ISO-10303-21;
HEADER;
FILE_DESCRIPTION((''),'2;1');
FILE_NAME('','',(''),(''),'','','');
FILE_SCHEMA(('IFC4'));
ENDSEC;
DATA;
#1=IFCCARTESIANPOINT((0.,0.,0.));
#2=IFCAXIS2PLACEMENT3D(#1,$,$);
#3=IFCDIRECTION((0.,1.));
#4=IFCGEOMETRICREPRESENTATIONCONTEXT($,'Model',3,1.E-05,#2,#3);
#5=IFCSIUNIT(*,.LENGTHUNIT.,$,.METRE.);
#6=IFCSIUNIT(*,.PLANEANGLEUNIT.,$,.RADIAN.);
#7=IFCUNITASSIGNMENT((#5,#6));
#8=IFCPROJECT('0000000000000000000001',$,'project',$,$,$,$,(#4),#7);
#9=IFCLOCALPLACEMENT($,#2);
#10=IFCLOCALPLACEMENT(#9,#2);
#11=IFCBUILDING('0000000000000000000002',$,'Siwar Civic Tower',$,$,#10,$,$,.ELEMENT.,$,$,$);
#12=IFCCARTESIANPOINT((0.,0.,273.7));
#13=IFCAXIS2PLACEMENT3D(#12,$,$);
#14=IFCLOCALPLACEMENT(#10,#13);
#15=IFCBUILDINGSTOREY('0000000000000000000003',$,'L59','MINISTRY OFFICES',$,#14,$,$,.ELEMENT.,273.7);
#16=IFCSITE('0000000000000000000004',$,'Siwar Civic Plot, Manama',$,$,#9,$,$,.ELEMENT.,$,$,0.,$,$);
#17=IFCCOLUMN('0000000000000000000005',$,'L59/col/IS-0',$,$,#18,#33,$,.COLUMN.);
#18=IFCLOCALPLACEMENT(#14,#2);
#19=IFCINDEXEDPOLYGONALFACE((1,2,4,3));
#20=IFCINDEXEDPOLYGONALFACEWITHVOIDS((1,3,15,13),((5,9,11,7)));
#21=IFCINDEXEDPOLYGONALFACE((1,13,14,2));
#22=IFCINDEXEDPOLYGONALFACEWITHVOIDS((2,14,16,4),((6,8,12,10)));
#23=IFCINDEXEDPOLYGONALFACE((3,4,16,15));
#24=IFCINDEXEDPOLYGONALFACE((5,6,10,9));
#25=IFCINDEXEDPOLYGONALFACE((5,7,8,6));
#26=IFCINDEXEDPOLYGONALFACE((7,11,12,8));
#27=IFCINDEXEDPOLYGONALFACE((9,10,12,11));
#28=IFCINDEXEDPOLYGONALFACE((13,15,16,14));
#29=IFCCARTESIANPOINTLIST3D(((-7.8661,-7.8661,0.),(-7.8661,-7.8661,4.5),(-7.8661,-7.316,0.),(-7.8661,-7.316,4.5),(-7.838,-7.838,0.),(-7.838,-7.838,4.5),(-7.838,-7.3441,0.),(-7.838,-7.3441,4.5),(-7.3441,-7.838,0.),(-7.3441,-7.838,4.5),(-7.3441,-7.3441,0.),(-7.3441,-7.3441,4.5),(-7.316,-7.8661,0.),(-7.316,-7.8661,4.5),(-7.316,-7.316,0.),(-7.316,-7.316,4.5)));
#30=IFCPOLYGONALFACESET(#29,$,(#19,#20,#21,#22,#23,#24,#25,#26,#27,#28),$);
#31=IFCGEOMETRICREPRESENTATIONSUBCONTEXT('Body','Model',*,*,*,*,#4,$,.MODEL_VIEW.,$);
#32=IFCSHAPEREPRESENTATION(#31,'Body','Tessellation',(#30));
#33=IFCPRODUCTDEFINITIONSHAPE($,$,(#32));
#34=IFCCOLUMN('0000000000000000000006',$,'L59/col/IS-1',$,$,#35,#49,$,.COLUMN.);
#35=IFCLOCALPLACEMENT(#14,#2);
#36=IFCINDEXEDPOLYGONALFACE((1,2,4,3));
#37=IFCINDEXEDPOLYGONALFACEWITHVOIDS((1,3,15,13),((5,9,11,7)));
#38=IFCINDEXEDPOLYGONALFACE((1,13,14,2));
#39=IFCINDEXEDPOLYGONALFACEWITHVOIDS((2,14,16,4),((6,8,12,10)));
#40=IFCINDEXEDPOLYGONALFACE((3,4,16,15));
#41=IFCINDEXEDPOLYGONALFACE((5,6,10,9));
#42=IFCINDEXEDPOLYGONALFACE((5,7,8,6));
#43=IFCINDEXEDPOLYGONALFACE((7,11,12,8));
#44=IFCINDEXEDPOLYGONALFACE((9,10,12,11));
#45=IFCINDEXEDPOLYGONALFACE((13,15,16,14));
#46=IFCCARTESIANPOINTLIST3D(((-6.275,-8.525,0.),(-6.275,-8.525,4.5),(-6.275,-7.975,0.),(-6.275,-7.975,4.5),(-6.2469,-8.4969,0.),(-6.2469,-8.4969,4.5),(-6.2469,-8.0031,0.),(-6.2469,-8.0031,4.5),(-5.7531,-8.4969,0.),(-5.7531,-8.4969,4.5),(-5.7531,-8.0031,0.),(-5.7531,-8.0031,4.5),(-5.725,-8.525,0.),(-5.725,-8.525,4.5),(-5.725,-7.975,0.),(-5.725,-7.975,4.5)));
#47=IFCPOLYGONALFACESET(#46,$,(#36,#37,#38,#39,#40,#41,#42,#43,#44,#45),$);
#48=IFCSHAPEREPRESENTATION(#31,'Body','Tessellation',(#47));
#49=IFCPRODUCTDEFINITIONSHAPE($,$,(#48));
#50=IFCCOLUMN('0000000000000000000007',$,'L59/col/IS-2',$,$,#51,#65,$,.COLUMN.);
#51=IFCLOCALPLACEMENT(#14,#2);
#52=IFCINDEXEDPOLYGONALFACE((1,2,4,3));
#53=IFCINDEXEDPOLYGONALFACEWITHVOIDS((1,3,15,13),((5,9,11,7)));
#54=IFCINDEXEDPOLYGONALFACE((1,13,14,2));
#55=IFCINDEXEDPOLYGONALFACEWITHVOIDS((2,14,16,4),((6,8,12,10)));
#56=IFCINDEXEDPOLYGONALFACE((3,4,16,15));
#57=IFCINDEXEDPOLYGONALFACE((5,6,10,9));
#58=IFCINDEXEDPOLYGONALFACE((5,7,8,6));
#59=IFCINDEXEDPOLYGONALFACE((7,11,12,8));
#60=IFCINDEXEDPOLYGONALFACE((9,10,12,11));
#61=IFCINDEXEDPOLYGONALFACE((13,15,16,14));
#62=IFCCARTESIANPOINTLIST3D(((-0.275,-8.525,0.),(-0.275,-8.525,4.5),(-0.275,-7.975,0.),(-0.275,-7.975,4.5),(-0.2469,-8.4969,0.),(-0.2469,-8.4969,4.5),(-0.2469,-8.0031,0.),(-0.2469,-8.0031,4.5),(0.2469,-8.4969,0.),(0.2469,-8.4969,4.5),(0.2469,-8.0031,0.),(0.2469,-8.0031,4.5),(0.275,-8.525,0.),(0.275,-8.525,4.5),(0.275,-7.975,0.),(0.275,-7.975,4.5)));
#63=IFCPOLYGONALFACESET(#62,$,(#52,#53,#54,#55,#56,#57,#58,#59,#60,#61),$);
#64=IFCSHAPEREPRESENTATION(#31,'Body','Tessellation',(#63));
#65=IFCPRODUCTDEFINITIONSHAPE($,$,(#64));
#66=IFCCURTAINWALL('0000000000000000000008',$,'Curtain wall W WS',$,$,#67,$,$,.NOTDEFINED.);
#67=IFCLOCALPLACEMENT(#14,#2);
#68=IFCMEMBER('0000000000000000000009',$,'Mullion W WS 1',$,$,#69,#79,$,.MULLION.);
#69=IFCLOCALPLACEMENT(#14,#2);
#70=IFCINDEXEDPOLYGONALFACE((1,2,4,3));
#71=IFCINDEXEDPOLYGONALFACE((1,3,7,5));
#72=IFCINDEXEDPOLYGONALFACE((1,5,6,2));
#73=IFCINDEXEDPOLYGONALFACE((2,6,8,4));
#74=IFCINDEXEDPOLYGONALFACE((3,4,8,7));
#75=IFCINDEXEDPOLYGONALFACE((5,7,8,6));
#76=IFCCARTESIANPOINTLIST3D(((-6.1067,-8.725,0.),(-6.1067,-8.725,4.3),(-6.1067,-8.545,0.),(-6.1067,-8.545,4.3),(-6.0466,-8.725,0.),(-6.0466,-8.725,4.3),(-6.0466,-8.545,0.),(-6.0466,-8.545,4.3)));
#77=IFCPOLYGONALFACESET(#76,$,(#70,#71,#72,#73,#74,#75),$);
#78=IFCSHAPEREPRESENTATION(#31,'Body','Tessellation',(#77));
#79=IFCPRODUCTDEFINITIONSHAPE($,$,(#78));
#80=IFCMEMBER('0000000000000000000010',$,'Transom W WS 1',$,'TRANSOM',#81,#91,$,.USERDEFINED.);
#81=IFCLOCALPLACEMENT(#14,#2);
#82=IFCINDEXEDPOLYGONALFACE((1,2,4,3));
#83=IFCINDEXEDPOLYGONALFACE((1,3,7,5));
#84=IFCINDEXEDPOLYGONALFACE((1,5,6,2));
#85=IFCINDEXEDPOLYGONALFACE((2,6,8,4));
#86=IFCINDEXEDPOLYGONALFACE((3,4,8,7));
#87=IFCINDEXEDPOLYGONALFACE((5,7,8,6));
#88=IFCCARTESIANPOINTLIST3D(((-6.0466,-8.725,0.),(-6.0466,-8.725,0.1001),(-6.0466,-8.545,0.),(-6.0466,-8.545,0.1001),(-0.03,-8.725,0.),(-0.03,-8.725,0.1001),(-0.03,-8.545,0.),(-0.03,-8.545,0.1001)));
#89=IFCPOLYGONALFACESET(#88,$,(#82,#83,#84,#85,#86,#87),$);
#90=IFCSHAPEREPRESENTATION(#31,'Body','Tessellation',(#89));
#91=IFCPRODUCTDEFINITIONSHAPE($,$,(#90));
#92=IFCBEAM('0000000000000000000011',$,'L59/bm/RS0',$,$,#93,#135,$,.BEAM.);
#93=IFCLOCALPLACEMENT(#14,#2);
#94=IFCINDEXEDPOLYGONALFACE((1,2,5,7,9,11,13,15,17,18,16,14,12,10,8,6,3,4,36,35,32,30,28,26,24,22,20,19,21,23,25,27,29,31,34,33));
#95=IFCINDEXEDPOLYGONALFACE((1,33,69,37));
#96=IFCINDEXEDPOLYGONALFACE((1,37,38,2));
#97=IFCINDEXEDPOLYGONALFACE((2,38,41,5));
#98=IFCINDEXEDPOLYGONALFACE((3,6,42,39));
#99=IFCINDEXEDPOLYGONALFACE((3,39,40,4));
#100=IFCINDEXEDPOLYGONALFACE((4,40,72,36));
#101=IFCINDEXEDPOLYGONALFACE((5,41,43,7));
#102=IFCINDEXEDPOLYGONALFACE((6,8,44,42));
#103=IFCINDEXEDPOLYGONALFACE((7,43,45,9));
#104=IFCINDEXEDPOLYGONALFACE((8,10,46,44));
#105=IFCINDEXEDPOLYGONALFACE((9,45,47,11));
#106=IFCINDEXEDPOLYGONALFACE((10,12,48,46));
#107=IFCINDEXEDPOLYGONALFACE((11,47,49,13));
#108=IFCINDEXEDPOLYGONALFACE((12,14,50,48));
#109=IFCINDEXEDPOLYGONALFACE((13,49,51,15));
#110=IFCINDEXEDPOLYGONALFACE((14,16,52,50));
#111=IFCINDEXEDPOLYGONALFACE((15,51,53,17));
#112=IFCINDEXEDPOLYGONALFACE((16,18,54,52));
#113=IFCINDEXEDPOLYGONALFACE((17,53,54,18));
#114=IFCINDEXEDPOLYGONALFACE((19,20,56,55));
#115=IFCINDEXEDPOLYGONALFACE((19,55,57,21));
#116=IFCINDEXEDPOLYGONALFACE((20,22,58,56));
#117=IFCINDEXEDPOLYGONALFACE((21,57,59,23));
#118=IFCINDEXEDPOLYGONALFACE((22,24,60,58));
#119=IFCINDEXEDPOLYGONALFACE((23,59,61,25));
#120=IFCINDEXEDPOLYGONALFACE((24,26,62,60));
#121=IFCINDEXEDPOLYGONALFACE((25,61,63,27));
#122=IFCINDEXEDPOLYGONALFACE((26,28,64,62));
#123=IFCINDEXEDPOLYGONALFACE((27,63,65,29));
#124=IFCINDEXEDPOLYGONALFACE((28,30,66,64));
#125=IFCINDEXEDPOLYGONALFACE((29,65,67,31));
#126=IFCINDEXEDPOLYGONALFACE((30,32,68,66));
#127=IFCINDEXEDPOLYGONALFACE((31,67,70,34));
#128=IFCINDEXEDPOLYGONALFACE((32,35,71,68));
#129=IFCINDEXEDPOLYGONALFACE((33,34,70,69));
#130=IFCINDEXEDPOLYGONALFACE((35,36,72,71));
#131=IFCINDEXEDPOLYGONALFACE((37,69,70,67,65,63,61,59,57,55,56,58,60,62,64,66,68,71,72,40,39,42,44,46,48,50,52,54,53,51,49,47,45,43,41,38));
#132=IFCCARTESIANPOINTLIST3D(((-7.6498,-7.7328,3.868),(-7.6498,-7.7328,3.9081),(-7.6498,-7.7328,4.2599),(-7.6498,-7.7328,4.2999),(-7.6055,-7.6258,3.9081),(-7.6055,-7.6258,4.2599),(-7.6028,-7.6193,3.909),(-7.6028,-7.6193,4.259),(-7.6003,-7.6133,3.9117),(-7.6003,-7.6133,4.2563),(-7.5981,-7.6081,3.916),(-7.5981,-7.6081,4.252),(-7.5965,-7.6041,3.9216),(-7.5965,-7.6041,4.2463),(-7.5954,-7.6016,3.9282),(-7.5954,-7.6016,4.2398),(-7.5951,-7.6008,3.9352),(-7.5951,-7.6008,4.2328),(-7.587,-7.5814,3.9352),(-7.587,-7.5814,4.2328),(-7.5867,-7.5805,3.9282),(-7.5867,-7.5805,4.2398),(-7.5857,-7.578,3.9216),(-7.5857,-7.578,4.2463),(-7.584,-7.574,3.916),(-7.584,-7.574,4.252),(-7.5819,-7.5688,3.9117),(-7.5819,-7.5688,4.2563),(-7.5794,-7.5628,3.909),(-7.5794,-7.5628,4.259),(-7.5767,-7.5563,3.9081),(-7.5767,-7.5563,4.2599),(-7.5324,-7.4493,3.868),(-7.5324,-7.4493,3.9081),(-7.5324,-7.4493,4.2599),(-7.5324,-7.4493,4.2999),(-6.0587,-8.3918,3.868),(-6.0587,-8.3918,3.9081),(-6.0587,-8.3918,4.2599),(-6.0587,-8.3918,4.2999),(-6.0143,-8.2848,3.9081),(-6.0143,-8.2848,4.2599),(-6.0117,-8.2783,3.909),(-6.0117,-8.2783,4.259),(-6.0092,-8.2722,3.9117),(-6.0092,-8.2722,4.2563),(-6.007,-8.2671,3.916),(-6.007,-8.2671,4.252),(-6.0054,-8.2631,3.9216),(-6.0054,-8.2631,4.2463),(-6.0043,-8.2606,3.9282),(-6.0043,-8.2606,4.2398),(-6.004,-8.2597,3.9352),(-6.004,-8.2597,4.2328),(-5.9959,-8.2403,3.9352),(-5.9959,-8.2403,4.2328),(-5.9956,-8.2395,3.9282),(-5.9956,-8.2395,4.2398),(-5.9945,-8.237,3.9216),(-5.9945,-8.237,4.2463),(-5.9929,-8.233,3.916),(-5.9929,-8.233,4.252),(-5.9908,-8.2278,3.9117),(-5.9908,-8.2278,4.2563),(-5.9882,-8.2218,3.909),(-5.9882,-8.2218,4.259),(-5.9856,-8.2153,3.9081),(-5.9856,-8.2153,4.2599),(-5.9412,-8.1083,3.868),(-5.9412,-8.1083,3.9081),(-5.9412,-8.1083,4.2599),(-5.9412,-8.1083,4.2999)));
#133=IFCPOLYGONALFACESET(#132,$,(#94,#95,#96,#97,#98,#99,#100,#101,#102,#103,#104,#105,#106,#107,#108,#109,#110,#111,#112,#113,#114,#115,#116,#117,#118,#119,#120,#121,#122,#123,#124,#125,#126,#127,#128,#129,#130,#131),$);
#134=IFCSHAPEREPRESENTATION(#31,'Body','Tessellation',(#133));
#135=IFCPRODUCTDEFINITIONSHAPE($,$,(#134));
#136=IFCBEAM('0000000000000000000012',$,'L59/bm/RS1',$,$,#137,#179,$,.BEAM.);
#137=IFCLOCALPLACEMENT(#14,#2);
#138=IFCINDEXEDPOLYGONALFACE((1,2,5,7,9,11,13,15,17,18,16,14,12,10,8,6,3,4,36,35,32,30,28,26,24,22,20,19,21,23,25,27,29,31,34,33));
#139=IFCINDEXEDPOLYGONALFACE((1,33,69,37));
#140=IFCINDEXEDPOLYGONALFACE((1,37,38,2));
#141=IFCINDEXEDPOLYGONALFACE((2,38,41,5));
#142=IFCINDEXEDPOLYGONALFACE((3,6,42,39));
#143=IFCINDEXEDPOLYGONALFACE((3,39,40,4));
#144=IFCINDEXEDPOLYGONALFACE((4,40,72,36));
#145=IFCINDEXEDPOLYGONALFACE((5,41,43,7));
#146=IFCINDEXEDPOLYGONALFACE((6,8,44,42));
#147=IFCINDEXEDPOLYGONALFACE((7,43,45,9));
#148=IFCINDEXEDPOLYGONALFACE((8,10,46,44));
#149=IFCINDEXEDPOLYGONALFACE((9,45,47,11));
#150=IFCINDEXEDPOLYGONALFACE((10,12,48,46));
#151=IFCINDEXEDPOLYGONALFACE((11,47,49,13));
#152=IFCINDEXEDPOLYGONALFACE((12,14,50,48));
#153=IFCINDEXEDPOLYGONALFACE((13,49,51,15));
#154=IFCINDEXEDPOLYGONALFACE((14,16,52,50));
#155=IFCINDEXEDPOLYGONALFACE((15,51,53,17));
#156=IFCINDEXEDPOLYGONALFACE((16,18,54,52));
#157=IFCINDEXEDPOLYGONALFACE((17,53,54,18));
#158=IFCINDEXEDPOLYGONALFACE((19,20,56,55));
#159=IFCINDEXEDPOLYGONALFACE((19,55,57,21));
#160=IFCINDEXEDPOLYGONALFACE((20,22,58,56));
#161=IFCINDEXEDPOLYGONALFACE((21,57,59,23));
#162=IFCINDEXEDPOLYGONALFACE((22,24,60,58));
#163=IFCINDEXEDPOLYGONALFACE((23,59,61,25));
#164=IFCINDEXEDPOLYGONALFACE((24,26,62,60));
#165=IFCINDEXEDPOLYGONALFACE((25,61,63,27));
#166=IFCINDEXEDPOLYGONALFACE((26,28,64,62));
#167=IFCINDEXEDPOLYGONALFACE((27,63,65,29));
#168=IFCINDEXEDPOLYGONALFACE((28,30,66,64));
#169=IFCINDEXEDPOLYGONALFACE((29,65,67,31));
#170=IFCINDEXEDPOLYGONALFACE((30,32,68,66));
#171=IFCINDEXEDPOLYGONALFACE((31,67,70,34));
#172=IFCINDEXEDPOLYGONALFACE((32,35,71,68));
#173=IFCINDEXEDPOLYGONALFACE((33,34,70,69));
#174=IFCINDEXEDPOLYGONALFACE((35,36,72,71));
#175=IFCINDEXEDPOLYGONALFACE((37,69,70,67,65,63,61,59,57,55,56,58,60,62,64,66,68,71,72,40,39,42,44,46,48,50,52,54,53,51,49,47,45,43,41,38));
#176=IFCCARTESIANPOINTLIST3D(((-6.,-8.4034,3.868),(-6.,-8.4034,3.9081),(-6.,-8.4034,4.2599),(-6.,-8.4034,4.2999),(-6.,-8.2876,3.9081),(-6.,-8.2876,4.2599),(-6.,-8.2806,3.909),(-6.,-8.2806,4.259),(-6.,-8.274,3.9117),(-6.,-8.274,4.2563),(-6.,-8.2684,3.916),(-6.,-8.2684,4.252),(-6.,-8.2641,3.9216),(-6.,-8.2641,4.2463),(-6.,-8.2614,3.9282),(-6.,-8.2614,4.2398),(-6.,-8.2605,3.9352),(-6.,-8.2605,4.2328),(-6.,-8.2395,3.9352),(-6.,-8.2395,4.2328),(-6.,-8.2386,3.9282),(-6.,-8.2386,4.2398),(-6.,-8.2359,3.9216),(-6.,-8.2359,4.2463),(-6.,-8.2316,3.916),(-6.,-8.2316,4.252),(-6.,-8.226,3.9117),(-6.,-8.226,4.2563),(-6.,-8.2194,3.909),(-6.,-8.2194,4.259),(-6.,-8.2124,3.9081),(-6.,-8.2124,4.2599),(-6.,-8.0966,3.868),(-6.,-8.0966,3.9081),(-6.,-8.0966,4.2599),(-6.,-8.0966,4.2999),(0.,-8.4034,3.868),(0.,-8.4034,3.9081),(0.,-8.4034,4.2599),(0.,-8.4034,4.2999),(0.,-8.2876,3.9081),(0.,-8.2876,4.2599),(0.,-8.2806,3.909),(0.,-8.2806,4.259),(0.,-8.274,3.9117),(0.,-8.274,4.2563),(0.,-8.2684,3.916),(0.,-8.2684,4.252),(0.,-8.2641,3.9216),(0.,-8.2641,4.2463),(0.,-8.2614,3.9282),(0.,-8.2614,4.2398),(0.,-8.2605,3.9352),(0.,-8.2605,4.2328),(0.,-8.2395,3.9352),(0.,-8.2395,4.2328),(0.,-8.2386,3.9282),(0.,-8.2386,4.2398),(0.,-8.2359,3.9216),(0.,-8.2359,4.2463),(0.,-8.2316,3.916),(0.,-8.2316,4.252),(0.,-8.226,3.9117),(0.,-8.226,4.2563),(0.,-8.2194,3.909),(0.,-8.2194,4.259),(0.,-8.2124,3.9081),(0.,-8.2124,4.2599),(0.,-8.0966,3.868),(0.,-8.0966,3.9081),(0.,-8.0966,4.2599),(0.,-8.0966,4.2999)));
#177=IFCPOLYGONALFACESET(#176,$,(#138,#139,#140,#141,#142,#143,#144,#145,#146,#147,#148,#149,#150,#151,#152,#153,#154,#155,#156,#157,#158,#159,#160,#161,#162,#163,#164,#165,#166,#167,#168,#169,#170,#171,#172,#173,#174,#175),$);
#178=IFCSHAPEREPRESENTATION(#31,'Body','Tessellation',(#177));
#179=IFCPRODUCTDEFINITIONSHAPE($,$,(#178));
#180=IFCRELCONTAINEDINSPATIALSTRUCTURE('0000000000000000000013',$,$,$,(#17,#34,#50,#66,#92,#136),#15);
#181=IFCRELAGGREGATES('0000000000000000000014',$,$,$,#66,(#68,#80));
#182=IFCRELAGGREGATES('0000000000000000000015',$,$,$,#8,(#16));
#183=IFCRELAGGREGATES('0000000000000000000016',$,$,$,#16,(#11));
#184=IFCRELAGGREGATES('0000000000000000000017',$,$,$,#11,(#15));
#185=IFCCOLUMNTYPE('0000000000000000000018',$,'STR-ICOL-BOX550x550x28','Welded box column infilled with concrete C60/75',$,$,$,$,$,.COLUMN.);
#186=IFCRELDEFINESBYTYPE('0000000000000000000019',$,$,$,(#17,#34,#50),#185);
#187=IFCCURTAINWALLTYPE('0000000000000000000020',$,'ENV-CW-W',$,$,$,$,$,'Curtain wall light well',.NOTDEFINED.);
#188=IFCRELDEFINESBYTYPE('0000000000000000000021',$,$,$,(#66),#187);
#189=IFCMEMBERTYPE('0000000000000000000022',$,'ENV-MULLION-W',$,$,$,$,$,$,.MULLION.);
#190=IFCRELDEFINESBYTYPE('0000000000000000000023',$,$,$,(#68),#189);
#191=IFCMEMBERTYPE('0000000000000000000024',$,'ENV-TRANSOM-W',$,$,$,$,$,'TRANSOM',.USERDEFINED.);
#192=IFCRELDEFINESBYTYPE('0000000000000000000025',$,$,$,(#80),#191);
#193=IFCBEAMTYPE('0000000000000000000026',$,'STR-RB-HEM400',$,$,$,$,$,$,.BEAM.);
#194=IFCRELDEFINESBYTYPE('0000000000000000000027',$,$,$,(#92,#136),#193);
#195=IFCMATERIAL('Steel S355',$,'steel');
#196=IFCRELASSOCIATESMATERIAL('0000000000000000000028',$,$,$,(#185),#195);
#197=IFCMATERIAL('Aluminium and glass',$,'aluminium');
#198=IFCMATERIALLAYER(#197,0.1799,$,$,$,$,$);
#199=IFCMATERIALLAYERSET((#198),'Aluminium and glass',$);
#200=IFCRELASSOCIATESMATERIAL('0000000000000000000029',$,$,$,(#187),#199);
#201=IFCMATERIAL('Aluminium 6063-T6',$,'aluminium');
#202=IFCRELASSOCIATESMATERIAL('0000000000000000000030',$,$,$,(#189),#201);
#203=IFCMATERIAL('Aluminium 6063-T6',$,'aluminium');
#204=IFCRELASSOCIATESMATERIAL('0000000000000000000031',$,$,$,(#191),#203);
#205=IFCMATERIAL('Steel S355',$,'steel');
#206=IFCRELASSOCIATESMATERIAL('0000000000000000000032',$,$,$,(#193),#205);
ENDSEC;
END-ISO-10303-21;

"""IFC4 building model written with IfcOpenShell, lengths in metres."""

from ifc_helpers import new_model, si_unit, direction, frame, origin, origin_2d, place, context, subcontext, project, spatial, rectangle, hollow_rectangle, i_section, extrude, material, layer, layer_set, material_profile, profile_set, type_object, element, aggregate, save


model = new_model("IFC4")

# Units and contexts
model_context = context("Model", 3, precision=1e-05, world=origin(), true_north=direction((0.0, 1.0)))
body_context = subcontext(model_context, "Body", "Model", "MODEL_VIEW")
ifc_project = project(units=[si_unit("LENGTHUNIT", "METRE"), si_unit("PLANEANGLEUNIT", "RADIAN")], contexts=[model_context])

# Site, building, storey
site_placement = place(None, origin())
site = spatial("IfcSite", under=ifc_project, at=site_placement, Name="Siwar Civic Plot, Manama", CompositionType="ELEMENT", RefElevation=0.0)
building_placement = place(site_placement, origin())
building = spatial("IfcBuilding", under=site, at=building_placement, Name="Siwar Civic Tower", CompositionType="ELEMENT")
storey_placement = place(building_placement, frame((0.0, 0.0, 273.7)))
storey = spatial("IfcBuildingStorey", under=building, at=storey_placement, Name="L59", Description="MINISTRY OFFICES", CompositionType="ELEMENT", Elevation=273.7)

# Columns
ifc_material_1 = material(Name="Steel S355", Category="steel")
ifc_material_profile_1 = material_profile(ifc_material_1, hollow_rectangle(XDim=0.55, YDim=0.55, WallThickness=0.0281, at=origin_2d()), Name="BOX550x550x28")
ifc_profile_set_1 = profile_set([ifc_material_profile_1], Name="Steel S355")
column_type = type_object("IfcColumnType", Name="STR-ICOL-BOX550x550x28", Description="Welded box column infilled with concrete C60/75", PredefinedType="COLUMN", material=ifc_profile_set_1)
for number, where, z_axis, x_axis, name in (
    (1, (-7.5911, -7.5911, 0.0), (0.0, 0.0, 1.0), (1.0, 0.0, 0.0), "L59/col/IS-0"),
    (2, (-6.0, -8.25, 0.0), (0.0, 0.0, 1.0), (1.0, 0.0, 0.0), "L59/col/IS-1"),
    (3, (0.0, -8.25, 0.0), (0.0, 0.0, 1.0), (1.0, 0.0, 0.0), "L59/col/IS-2"),
):
    element("IfcColumn", number, at=place(storey_placement, frame(where, z_axis=z_axis, x_axis=x_axis)), inside=storey, type_object=column_type, Name=name, PredefinedType="COLUMN", context=body_context, shape_type="SweptSolid", body=[
        extrude(hollow_rectangle(XDim=0.55, YDim=0.55, WallThickness=0.0281, at=origin_2d()), origin(), (0.0, 0.0, 1.0), 4.5),
    ])

# Curtain wall, members
ifc_material_2 = material(Name="Aluminium and glass", Category="aluminium")
ifc_layer_1 = layer(ifc_material_2, 0.1799)
ifc_layer_set_1 = layer_set([ifc_layer_1], Name="Aluminium and glass")
curtain_wall_type = type_object("IfcCurtainWallType", Name="ENV-CW-W", ElementType="Curtain wall light well", PredefinedType="NOTDEFINED", material=ifc_layer_set_1)
curtain_wall_placement = place(storey_placement, origin())
curtain_wall = element("IfcCurtainWall", 4, at=curtain_wall_placement, inside=storey, type_object=curtain_wall_type, Name="Curtain wall W WS", PredefinedType="NOTDEFINED")
ifc_material_3 = material(Name="Aluminium 6063-T6", Category="aluminium")
ifc_material_profile_2 = material_profile(ifc_material_3, rectangle(XDim=0.1799, YDim=0.0601, at=origin_2d()), Name="AL 180x60")
ifc_profile_set_2 = profile_set([ifc_material_profile_2], Name="Aluminium 6063-T6")
member_type_1 = type_object("IfcMemberType", Name="ENV-MULLION-W", PredefinedType="MULLION", material=ifc_profile_set_2)
member_1_placement = place(storey_placement, frame((-6.0767, -8.635, 0.0), z_axis=(0.0, 0.0, 1.0), x_axis=(0.0, 1.0, 0.0)))
member_1 = element("IfcMember", 5, at=member_1_placement, type_object=member_type_1, Name="Mullion W WS 1", PredefinedType="MULLION", context=body_context, shape_type="SweptSolid", body=[
    extrude(rectangle(XDim=0.1799, YDim=0.0601, at=origin_2d()), origin(), (0.0, 0.0, 1.0), 4.3),
])
ifc_material_4 = material(Name="Aluminium 6063-T6", Category="aluminium")
ifc_material_profile_3 = material_profile(ifc_material_4, rectangle(XDim=0.1799, YDim=0.1001, at=origin_2d()), Name="AL 180x100")
ifc_profile_set_3 = profile_set([ifc_material_profile_3], Name="Aluminium 6063-T6")
member_type_2 = type_object("IfcMemberType", Name="ENV-TRANSOM-W", ElementType="TRANSOM", PredefinedType="USERDEFINED", material=ifc_profile_set_3)
member_2_placement = place(storey_placement, frame((-6.0466, -8.635, 0.05), z_axis=(1.0, 0.0, 0.0), x_axis=(0.0, 1.0, 0.0)))
member_2 = element("IfcMember", 6, at=member_2_placement, type_object=member_type_2, Name="Transom W WS 1", ObjectType="TRANSOM", PredefinedType="USERDEFINED", context=body_context, shape_type="SweptSolid", body=[
    extrude(rectangle(XDim=0.1799, YDim=0.1001, at=origin_2d()), origin(), (0.0, 0.0, 1.0), 6.0166),
])

# Beams
ifc_material_5 = material(Name="Steel S355", Category="steel")
ifc_material_profile_4 = material_profile(ifc_material_5, i_section(OverallWidth=0.3069, OverallDepth=0.4319, WebThickness=0.021, FlangeThickness=0.04, FilletRadius=0.0271, at=origin_2d()), Name="HEM400")
ifc_profile_set_4 = profile_set([ifc_material_profile_4], Name="Steel S355")
beam_type = type_object("IfcBeamType", Name="STR-RB-HEM400", PredefinedType="BEAM", material=ifc_profile_set_4)
beam_1_placement = place(storey_placement, frame((-7.5911, -7.5911, 4.084), z_axis=(0.923901, -0.382631, 0.0), x_axis=(0.382631, 0.923901, 0.0)))
element("IfcBeam", 7, at=beam_1_placement, inside=storey, type_object=beam_type, Name="L59/bm/RS0", PredefinedType="BEAM", context=body_context, shape_type="SweptSolid", body=[
    extrude(i_section(OverallWidth=0.3069, OverallDepth=0.4319, WebThickness=0.021, FlangeThickness=0.04, FilletRadius=0.0271, at=origin_2d()), origin(), (0.0, 0.0, 1.0), 1.7222),
])
for number, where, z_axis, x_axis, name in (
    (8, (-6.0, -8.25, 4.084), (1.0, 0.0, 0.0), (0.0, 1.0, 0.0), "L59/bm/RS1"),
):
    element("IfcBeam", number, at=place(storey_placement, frame(where, z_axis=z_axis, x_axis=x_axis)), inside=storey, type_object=beam_type, Name=name, PredefinedType="BEAM", context=body_context, shape_type="SweptSolid", body=[
        extrude(i_section(OverallWidth=0.3069, OverallDepth=0.4319, WebThickness=0.021, FlangeThickness=0.04, FilletRadius=0.0271, at=origin_2d()), origin(), (0.0, 0.0, 1.0), 6.0),
    ])

aggregate(curtain_wall, [member_1, member_2])

save(model, "model.ifc")
